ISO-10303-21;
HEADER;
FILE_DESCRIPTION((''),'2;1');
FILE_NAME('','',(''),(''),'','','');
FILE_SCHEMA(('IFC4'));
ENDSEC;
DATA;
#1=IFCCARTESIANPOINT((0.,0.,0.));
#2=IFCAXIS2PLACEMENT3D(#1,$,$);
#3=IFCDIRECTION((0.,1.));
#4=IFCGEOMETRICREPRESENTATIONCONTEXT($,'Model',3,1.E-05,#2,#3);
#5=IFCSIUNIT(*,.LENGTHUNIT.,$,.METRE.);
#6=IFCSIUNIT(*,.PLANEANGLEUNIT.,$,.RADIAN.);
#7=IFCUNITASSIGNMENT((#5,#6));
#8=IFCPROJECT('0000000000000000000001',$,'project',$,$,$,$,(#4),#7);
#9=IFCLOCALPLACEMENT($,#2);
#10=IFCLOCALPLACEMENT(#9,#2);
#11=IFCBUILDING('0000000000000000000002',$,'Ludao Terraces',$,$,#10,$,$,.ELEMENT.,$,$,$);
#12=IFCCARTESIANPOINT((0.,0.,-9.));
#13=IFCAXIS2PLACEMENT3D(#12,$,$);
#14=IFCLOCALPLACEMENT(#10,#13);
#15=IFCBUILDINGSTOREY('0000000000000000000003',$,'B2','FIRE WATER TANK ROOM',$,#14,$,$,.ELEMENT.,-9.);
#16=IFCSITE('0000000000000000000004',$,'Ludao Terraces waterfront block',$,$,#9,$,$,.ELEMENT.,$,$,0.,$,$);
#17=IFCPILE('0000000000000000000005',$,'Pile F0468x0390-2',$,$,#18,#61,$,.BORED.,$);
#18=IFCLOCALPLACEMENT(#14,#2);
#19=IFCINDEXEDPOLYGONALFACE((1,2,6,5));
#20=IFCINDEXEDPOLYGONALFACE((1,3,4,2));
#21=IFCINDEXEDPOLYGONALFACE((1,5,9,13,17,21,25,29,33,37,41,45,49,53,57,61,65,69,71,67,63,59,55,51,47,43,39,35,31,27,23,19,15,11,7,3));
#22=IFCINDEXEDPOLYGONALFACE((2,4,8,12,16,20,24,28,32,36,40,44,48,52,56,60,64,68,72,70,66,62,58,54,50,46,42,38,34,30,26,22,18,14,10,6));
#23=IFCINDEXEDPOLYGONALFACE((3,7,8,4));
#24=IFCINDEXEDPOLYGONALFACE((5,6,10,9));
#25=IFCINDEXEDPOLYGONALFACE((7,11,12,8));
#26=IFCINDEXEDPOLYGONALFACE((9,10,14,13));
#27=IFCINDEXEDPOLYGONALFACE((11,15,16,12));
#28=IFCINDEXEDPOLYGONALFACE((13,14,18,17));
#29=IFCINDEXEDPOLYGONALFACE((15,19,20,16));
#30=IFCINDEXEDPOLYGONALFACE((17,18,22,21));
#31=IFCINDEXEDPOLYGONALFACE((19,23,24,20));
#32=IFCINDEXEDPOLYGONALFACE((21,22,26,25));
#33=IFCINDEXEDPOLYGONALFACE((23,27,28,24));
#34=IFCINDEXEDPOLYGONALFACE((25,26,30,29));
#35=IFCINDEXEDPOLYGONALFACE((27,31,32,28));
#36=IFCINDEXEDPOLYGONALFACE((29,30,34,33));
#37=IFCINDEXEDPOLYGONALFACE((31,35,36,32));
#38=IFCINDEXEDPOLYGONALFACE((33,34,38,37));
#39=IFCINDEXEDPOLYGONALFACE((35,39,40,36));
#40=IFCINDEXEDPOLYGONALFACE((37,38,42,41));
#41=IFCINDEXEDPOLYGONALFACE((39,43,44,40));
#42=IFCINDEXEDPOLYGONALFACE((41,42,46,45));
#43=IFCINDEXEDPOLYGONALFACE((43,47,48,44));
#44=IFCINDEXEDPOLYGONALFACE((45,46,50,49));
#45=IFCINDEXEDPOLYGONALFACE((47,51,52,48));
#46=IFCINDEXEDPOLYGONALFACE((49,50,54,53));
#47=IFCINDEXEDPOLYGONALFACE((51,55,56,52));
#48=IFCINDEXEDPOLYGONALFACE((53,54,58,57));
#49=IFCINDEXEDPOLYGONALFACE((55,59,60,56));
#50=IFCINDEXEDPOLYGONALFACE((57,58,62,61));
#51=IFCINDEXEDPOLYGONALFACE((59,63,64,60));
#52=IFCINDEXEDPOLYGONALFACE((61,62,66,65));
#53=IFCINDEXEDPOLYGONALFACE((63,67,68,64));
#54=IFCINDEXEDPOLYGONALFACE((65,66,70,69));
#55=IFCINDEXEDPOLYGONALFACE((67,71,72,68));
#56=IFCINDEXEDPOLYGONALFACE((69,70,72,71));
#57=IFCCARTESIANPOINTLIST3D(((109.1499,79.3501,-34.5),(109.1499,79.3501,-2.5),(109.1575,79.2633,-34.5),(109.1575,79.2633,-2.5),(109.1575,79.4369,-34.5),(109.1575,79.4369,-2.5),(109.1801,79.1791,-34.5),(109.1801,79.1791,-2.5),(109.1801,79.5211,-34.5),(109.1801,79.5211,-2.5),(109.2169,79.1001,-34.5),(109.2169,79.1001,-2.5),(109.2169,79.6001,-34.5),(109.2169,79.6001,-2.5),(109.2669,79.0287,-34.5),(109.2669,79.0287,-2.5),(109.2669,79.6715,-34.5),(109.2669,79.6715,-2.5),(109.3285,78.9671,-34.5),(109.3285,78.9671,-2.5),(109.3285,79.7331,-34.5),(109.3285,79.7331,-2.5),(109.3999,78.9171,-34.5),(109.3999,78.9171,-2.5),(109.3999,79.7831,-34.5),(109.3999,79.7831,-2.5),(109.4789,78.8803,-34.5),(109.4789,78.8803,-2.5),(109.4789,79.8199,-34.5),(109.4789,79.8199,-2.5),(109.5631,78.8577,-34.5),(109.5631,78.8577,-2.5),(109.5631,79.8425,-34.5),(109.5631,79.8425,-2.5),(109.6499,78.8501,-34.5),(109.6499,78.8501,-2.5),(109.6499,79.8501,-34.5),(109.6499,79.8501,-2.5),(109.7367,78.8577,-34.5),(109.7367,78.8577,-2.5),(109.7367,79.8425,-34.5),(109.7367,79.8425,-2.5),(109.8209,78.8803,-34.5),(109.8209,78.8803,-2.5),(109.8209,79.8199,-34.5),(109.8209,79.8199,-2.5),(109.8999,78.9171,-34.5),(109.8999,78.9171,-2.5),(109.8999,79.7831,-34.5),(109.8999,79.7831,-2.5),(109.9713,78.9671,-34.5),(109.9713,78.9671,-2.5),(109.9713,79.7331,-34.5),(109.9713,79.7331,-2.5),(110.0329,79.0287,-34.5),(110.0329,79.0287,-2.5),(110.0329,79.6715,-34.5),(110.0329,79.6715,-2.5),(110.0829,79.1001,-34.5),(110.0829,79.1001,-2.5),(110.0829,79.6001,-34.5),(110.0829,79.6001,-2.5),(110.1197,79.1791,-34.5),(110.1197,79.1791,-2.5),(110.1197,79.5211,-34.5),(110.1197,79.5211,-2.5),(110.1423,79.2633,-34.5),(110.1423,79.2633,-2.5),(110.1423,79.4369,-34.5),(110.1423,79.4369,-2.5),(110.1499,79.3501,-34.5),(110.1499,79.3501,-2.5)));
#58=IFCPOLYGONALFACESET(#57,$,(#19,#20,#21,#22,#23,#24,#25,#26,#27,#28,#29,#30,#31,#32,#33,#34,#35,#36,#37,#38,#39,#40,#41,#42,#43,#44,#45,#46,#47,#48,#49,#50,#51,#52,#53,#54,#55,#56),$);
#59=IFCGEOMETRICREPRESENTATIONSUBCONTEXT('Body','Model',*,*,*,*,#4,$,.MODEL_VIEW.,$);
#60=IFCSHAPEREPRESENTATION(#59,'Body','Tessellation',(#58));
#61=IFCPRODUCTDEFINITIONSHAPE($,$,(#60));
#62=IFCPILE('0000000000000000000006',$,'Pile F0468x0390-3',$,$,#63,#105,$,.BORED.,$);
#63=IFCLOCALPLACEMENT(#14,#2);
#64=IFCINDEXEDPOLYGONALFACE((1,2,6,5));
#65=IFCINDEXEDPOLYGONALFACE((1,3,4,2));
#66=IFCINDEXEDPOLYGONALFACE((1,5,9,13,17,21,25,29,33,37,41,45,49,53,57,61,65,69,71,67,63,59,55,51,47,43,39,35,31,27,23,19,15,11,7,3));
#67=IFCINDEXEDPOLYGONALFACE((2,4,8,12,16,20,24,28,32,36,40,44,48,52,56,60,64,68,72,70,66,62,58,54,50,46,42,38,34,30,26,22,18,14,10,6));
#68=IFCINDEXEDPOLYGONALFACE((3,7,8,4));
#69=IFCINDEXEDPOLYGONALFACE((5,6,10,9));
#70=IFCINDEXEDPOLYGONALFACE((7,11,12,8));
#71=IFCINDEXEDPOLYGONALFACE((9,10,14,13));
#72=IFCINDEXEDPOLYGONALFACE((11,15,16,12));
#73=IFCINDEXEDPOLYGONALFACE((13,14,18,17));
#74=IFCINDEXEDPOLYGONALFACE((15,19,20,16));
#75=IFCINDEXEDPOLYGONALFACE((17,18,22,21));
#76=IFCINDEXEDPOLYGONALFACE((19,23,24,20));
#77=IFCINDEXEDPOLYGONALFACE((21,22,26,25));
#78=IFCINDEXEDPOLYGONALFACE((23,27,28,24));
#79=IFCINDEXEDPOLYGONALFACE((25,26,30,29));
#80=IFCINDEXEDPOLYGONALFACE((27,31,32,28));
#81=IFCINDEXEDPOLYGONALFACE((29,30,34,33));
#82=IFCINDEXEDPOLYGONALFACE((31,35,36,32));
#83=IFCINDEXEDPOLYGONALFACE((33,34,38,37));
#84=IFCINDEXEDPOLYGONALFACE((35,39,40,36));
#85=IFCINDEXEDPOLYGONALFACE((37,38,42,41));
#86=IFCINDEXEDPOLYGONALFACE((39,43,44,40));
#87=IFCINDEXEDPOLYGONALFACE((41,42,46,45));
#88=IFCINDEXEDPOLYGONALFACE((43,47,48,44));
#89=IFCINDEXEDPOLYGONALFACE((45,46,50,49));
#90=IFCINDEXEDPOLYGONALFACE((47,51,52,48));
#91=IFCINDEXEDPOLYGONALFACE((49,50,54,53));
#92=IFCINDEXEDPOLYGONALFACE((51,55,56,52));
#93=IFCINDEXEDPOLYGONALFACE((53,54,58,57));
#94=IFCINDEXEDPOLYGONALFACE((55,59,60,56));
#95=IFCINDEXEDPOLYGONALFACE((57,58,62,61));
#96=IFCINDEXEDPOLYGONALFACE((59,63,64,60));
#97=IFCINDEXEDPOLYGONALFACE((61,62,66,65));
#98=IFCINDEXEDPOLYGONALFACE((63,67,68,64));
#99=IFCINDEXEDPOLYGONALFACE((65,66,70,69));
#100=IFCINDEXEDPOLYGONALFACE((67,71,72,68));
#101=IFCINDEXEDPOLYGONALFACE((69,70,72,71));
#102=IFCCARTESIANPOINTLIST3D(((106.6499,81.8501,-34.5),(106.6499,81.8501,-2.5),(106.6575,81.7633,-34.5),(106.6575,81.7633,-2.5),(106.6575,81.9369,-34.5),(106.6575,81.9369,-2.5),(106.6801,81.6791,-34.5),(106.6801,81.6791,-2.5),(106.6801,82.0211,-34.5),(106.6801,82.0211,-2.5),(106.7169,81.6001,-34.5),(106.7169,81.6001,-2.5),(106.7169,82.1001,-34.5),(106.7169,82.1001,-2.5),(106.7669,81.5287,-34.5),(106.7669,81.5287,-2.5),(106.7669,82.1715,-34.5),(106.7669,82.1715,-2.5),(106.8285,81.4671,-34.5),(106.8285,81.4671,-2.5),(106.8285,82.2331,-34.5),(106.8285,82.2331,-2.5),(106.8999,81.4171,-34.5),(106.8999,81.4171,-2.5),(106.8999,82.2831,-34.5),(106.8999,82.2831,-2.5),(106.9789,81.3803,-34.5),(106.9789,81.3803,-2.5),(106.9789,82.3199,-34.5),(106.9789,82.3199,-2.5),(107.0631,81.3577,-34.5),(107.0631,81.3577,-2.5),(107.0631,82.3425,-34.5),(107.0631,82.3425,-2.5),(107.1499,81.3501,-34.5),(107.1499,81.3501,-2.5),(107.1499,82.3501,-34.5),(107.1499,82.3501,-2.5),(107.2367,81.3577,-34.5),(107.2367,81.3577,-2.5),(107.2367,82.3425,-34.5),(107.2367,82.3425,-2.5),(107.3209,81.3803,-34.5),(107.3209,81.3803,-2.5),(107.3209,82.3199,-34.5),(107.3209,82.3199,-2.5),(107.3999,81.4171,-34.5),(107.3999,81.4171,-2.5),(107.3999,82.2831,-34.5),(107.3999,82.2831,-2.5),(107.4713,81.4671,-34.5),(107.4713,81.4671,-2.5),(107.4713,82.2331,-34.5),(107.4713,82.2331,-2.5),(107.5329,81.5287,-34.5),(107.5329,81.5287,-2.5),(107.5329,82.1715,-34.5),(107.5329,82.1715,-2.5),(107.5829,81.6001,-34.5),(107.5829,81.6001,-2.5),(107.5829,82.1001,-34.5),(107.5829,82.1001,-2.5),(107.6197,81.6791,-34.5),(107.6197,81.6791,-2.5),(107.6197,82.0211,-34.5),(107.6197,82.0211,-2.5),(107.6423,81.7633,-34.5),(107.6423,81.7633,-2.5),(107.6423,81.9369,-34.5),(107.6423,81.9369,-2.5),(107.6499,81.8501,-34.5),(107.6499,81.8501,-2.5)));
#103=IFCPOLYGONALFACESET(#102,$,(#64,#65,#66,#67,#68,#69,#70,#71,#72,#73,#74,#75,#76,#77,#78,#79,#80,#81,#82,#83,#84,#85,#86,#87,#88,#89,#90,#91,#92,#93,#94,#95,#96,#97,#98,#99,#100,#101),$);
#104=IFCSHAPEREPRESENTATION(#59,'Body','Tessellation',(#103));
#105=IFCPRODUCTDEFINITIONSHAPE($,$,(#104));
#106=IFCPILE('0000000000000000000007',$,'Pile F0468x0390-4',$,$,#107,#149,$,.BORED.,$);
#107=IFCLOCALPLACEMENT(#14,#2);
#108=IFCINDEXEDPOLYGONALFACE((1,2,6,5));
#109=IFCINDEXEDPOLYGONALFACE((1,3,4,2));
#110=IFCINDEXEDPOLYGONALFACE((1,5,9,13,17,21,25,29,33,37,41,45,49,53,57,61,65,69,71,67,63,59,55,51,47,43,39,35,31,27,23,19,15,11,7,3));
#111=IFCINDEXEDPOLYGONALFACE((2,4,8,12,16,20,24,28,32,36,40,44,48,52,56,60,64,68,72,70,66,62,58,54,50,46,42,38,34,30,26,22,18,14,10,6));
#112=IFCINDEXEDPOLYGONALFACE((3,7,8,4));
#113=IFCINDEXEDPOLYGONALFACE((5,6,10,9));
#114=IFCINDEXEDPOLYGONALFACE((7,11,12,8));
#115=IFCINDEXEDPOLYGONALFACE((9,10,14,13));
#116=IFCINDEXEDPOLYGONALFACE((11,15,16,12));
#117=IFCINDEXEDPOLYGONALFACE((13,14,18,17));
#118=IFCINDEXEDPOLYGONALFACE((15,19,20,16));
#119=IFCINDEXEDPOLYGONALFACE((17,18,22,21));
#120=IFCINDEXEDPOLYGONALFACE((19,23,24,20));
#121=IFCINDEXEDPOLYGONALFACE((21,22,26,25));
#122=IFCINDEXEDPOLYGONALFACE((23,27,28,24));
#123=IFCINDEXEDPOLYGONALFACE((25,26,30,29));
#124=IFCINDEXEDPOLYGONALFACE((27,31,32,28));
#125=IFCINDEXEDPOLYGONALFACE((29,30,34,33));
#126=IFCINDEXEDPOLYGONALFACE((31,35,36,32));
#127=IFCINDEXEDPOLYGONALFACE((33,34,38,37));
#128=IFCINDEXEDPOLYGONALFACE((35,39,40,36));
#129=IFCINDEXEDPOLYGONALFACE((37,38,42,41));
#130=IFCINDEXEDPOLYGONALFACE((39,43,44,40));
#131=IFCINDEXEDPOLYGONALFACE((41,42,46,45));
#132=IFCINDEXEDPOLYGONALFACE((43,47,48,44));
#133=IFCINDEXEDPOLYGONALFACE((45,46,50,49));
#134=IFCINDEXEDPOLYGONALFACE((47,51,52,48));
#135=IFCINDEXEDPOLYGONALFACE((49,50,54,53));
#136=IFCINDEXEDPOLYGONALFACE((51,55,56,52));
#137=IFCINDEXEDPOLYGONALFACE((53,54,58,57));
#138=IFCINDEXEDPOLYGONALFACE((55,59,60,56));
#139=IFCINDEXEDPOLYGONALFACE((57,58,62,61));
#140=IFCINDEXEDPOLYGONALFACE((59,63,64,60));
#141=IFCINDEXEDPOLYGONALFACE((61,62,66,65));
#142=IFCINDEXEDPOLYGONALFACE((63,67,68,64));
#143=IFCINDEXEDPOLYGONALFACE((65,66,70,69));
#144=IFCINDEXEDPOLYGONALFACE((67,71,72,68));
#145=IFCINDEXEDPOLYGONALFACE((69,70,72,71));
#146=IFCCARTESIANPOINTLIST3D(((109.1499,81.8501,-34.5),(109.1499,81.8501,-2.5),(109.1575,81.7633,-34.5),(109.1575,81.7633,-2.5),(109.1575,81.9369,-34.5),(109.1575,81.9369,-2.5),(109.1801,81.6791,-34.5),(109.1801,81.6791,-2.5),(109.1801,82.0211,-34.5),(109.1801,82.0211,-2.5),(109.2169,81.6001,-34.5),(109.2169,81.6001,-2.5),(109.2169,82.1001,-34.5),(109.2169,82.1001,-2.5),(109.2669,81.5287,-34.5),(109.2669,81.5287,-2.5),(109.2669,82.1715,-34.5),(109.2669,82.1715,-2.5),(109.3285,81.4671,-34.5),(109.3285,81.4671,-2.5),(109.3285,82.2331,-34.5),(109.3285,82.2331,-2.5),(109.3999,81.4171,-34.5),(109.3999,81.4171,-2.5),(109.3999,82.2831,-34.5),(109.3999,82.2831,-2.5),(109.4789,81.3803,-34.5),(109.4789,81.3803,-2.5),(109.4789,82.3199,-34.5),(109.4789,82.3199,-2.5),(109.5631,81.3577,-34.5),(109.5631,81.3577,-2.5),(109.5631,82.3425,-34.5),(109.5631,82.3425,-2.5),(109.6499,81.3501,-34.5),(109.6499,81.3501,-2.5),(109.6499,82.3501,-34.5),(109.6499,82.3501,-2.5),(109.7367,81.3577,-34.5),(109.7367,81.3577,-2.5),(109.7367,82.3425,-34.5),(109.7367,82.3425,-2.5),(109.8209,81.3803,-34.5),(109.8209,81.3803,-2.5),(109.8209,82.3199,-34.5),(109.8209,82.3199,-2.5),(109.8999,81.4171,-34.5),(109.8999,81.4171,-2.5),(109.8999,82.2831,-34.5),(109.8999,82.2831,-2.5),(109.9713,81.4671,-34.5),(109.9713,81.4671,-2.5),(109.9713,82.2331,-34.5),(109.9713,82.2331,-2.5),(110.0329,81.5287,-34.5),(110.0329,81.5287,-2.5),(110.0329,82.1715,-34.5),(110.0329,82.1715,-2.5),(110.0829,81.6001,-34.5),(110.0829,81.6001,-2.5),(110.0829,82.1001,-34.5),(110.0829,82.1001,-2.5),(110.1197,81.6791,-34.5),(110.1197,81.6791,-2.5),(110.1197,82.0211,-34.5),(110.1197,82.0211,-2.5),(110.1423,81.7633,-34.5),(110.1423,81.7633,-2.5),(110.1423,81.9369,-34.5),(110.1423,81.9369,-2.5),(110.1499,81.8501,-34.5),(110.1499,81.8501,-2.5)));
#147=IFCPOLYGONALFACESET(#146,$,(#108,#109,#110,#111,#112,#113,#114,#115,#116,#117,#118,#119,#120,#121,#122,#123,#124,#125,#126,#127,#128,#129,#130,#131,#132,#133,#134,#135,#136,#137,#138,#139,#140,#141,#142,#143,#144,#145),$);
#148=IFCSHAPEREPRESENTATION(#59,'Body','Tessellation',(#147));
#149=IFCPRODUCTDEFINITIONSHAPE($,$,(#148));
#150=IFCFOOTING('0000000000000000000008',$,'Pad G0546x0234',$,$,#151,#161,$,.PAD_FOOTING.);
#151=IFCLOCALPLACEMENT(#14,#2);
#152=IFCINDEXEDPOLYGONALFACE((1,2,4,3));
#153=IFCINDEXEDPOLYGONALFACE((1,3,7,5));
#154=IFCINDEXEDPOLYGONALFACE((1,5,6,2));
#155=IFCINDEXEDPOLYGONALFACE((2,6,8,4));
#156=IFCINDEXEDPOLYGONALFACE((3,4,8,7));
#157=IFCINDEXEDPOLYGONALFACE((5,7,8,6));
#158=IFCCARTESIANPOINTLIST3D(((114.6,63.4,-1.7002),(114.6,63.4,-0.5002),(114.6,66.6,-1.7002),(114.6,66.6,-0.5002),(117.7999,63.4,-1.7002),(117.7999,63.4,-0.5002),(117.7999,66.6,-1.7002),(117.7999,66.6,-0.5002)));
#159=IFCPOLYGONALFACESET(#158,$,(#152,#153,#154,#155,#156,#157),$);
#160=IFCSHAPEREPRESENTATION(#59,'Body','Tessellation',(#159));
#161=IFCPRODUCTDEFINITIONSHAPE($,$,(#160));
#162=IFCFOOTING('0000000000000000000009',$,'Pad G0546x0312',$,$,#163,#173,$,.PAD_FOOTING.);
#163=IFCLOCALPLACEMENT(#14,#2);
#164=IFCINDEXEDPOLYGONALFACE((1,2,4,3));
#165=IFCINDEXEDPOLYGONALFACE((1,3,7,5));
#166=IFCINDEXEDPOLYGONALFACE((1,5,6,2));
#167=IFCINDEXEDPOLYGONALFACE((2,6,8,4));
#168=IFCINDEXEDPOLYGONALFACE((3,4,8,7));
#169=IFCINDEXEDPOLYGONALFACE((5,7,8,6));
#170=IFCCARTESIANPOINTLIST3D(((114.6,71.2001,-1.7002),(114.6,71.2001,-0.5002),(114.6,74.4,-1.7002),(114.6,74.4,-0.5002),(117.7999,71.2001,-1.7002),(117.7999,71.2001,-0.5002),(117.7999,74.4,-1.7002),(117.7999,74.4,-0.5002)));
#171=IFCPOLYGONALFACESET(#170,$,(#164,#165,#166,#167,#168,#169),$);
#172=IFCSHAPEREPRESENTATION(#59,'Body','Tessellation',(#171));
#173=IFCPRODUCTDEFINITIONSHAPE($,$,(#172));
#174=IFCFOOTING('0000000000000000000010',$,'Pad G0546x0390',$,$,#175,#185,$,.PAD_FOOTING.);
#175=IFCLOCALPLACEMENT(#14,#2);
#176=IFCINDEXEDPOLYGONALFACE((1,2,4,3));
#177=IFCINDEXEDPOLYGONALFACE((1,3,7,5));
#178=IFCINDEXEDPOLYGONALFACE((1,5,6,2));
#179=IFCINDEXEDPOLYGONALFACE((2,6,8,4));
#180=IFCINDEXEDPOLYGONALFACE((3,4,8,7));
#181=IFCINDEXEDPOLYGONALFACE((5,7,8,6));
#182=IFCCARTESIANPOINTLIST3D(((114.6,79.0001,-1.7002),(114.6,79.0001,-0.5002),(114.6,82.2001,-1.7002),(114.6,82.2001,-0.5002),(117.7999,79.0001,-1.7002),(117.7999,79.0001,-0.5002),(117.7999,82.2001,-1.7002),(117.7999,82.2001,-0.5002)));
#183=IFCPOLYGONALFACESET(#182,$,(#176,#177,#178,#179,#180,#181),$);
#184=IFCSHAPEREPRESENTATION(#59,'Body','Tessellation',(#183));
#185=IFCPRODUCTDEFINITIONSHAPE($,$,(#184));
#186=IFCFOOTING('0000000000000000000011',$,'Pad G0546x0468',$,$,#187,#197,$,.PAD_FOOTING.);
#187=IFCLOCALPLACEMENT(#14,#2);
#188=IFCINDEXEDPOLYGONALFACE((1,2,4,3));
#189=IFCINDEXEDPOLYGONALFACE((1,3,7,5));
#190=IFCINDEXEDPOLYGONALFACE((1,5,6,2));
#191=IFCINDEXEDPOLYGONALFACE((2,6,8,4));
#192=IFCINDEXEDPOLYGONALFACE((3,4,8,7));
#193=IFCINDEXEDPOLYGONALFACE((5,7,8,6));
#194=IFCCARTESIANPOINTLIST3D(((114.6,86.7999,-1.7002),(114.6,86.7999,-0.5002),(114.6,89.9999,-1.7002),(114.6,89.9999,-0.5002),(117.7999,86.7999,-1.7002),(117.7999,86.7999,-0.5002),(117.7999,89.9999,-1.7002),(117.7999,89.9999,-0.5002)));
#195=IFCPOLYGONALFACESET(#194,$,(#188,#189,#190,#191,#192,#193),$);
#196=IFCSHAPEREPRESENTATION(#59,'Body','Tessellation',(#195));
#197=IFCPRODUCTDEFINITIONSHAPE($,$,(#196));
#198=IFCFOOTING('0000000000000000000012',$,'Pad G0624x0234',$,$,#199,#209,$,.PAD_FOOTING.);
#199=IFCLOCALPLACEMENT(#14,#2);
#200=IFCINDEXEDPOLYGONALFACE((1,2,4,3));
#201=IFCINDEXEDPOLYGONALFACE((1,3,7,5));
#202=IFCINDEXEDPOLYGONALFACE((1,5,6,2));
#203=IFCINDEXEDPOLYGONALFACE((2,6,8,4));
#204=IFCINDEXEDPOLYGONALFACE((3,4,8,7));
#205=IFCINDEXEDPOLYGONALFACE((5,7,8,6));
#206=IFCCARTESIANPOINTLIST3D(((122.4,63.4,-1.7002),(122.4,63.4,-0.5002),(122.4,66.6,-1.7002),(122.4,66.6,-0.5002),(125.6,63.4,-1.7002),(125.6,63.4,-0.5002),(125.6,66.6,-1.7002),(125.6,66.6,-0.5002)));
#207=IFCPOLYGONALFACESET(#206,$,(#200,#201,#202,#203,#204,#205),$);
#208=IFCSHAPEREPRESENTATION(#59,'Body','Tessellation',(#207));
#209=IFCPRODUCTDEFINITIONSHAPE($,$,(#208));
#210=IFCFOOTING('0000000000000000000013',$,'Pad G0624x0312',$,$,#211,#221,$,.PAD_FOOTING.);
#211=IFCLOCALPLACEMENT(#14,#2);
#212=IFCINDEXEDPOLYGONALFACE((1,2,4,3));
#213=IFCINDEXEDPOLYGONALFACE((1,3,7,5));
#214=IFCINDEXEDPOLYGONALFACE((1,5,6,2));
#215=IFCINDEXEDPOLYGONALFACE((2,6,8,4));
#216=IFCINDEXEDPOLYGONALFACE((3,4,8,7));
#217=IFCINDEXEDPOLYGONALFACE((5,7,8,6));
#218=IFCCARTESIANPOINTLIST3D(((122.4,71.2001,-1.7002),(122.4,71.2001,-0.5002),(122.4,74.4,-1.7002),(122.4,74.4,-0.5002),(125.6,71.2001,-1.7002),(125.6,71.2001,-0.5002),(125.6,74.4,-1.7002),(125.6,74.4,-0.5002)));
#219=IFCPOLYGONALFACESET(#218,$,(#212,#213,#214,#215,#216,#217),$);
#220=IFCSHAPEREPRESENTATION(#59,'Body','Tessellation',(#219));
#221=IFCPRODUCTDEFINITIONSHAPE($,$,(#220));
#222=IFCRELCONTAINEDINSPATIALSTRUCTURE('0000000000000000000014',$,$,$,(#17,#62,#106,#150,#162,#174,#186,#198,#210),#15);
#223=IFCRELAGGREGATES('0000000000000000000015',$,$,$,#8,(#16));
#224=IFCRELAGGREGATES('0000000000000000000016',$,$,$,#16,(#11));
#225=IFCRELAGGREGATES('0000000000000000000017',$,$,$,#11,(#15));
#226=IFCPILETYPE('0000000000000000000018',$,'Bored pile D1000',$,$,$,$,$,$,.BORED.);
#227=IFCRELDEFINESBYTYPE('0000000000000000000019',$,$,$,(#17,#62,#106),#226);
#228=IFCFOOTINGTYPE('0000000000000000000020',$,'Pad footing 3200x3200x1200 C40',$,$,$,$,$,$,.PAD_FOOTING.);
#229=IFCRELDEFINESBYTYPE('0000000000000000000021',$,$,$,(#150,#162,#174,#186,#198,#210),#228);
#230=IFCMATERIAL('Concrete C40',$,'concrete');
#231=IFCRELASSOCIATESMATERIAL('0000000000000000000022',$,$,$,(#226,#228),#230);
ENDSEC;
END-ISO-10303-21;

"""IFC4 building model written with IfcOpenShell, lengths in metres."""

from ifc_helpers import new_model, si_unit, direction, frame, origin, origin_2d, place, context, subcontext, project, spatial, rectangle, circle, extrude, material, material_profile, profile_set, type_object, element, save


model = new_model("IFC4")

# Units and contexts
model_context = context("Model", 3, precision=1e-05, world=origin(), true_north=direction((0.0, 1.0)))
body_context = subcontext(model_context, "Body", "Model", "MODEL_VIEW")
ifc_project = project(units=[si_unit("LENGTHUNIT", "METRE"), si_unit("PLANEANGLEUNIT", "RADIAN")], contexts=[model_context])

# Site, building, storey
site_placement = place(None, origin())
site = spatial("IfcSite", under=ifc_project, at=site_placement, Name="Ludao Terraces waterfront block", CompositionType="ELEMENT", RefElevation=0.0)
building_placement = place(site_placement, origin())
building = spatial("IfcBuilding", under=site, at=building_placement, Name="Ludao Terraces", CompositionType="ELEMENT")
storey_placement = place(building_placement, frame((0.0, 0.0, -9.0)))
storey = spatial("IfcBuildingStorey", under=building, at=storey_placement, Name="B2", Description="FIRE WATER TANK ROOM", CompositionType="ELEMENT", Elevation=-9.0)

# Piles
ifc_material_1 = material(Name="Concrete C40", Category="concrete")
ifc_material_profile_1 = material_profile(ifc_material_1, circle(Radius=0.5, at=origin_2d()), Name="D1000 BORED PILE")
ifc_profile_set_1 = profile_set([ifc_material_profile_1], Name="Concrete C40")
pile_type = type_object("IfcPileType", Name="Bored pile D1000", PredefinedType="BORED", material=ifc_profile_set_1)
for number, where, z_axis, x_axis, name in (
    (1, (109.6499, 79.3501, -2.5), (0.0, 0.0, -1.0), (1.0, 0.0, 0.0), "Pile F0468x0390-2"),
    (2, (107.1499, 81.8501, -2.5), (0.0, 0.0, -1.0), (1.0, 0.0, 0.0), "Pile F0468x0390-3"),
    (3, (109.6499, 81.8501, -2.5), (0.0, 0.0, -1.0), (1.0, 0.0, 0.0), "Pile F0468x0390-4"),
):
    element("IfcPile", number, at=place(storey_placement, frame(where, z_axis=z_axis, x_axis=x_axis)), inside=storey, type_object=pile_type, Name=name, PredefinedType="BORED", context=body_context, shape_type="SweptSolid", body=[
        extrude(circle(Radius=0.5, at=origin_2d()), origin(), (0.0, 0.0, 1.0), 32.0),
    ])

# Footings
footing_type_1 = type_object("IfcFootingType", Name="Pad footing 3200x3200x1200 C40", PredefinedType="PAD_FOOTING", material=ifc_material_1)
for number, where, z_axis, x_axis, name in (
    (4, (116.2, 65.0, -1.7002), (0.0, 0.0, 1.0), (1.0, 0.0, 0.0), "Pad G0546x0234"),
    (5, (116.2, 72.8, -1.7002), (0.0, 0.0, 1.0), (1.0, 0.0, 0.0), "Pad G0546x0312"),
    (6, (116.2, 80.6001, -1.7002), (0.0, 0.0, 1.0), (1.0, 0.0, 0.0), "Pad G0546x0390"),
    (7, (116.2, 88.3999, -1.7002), (0.0, 0.0, 1.0), (1.0, 0.0, 0.0), "Pad G0546x0468"),
    (8, (124.0, 65.0, -1.7002), (0.0, 0.0, 1.0), (1.0, 0.0, 0.0), "Pad G0624x0234"),
    (9, (124.0, 72.8, -1.7002), (0.0, 0.0, 1.0), (1.0, 0.0, 0.0), "Pad G0624x0312"),
):
    element("IfcFooting", number, at=place(storey_placement, frame(where, z_axis=z_axis, x_axis=x_axis)), inside=storey, type_object=footing_type_1, Name=name, PredefinedType="PAD_FOOTING", context=body_context, shape_type="SweptSolid", body=[
        extrude(rectangle(XDim=3.2, YDim=3.2, at=origin_2d()), origin(), (0.0, 0.0, 1.0), 1.2),
    ])

save(model, "model.ifc")
